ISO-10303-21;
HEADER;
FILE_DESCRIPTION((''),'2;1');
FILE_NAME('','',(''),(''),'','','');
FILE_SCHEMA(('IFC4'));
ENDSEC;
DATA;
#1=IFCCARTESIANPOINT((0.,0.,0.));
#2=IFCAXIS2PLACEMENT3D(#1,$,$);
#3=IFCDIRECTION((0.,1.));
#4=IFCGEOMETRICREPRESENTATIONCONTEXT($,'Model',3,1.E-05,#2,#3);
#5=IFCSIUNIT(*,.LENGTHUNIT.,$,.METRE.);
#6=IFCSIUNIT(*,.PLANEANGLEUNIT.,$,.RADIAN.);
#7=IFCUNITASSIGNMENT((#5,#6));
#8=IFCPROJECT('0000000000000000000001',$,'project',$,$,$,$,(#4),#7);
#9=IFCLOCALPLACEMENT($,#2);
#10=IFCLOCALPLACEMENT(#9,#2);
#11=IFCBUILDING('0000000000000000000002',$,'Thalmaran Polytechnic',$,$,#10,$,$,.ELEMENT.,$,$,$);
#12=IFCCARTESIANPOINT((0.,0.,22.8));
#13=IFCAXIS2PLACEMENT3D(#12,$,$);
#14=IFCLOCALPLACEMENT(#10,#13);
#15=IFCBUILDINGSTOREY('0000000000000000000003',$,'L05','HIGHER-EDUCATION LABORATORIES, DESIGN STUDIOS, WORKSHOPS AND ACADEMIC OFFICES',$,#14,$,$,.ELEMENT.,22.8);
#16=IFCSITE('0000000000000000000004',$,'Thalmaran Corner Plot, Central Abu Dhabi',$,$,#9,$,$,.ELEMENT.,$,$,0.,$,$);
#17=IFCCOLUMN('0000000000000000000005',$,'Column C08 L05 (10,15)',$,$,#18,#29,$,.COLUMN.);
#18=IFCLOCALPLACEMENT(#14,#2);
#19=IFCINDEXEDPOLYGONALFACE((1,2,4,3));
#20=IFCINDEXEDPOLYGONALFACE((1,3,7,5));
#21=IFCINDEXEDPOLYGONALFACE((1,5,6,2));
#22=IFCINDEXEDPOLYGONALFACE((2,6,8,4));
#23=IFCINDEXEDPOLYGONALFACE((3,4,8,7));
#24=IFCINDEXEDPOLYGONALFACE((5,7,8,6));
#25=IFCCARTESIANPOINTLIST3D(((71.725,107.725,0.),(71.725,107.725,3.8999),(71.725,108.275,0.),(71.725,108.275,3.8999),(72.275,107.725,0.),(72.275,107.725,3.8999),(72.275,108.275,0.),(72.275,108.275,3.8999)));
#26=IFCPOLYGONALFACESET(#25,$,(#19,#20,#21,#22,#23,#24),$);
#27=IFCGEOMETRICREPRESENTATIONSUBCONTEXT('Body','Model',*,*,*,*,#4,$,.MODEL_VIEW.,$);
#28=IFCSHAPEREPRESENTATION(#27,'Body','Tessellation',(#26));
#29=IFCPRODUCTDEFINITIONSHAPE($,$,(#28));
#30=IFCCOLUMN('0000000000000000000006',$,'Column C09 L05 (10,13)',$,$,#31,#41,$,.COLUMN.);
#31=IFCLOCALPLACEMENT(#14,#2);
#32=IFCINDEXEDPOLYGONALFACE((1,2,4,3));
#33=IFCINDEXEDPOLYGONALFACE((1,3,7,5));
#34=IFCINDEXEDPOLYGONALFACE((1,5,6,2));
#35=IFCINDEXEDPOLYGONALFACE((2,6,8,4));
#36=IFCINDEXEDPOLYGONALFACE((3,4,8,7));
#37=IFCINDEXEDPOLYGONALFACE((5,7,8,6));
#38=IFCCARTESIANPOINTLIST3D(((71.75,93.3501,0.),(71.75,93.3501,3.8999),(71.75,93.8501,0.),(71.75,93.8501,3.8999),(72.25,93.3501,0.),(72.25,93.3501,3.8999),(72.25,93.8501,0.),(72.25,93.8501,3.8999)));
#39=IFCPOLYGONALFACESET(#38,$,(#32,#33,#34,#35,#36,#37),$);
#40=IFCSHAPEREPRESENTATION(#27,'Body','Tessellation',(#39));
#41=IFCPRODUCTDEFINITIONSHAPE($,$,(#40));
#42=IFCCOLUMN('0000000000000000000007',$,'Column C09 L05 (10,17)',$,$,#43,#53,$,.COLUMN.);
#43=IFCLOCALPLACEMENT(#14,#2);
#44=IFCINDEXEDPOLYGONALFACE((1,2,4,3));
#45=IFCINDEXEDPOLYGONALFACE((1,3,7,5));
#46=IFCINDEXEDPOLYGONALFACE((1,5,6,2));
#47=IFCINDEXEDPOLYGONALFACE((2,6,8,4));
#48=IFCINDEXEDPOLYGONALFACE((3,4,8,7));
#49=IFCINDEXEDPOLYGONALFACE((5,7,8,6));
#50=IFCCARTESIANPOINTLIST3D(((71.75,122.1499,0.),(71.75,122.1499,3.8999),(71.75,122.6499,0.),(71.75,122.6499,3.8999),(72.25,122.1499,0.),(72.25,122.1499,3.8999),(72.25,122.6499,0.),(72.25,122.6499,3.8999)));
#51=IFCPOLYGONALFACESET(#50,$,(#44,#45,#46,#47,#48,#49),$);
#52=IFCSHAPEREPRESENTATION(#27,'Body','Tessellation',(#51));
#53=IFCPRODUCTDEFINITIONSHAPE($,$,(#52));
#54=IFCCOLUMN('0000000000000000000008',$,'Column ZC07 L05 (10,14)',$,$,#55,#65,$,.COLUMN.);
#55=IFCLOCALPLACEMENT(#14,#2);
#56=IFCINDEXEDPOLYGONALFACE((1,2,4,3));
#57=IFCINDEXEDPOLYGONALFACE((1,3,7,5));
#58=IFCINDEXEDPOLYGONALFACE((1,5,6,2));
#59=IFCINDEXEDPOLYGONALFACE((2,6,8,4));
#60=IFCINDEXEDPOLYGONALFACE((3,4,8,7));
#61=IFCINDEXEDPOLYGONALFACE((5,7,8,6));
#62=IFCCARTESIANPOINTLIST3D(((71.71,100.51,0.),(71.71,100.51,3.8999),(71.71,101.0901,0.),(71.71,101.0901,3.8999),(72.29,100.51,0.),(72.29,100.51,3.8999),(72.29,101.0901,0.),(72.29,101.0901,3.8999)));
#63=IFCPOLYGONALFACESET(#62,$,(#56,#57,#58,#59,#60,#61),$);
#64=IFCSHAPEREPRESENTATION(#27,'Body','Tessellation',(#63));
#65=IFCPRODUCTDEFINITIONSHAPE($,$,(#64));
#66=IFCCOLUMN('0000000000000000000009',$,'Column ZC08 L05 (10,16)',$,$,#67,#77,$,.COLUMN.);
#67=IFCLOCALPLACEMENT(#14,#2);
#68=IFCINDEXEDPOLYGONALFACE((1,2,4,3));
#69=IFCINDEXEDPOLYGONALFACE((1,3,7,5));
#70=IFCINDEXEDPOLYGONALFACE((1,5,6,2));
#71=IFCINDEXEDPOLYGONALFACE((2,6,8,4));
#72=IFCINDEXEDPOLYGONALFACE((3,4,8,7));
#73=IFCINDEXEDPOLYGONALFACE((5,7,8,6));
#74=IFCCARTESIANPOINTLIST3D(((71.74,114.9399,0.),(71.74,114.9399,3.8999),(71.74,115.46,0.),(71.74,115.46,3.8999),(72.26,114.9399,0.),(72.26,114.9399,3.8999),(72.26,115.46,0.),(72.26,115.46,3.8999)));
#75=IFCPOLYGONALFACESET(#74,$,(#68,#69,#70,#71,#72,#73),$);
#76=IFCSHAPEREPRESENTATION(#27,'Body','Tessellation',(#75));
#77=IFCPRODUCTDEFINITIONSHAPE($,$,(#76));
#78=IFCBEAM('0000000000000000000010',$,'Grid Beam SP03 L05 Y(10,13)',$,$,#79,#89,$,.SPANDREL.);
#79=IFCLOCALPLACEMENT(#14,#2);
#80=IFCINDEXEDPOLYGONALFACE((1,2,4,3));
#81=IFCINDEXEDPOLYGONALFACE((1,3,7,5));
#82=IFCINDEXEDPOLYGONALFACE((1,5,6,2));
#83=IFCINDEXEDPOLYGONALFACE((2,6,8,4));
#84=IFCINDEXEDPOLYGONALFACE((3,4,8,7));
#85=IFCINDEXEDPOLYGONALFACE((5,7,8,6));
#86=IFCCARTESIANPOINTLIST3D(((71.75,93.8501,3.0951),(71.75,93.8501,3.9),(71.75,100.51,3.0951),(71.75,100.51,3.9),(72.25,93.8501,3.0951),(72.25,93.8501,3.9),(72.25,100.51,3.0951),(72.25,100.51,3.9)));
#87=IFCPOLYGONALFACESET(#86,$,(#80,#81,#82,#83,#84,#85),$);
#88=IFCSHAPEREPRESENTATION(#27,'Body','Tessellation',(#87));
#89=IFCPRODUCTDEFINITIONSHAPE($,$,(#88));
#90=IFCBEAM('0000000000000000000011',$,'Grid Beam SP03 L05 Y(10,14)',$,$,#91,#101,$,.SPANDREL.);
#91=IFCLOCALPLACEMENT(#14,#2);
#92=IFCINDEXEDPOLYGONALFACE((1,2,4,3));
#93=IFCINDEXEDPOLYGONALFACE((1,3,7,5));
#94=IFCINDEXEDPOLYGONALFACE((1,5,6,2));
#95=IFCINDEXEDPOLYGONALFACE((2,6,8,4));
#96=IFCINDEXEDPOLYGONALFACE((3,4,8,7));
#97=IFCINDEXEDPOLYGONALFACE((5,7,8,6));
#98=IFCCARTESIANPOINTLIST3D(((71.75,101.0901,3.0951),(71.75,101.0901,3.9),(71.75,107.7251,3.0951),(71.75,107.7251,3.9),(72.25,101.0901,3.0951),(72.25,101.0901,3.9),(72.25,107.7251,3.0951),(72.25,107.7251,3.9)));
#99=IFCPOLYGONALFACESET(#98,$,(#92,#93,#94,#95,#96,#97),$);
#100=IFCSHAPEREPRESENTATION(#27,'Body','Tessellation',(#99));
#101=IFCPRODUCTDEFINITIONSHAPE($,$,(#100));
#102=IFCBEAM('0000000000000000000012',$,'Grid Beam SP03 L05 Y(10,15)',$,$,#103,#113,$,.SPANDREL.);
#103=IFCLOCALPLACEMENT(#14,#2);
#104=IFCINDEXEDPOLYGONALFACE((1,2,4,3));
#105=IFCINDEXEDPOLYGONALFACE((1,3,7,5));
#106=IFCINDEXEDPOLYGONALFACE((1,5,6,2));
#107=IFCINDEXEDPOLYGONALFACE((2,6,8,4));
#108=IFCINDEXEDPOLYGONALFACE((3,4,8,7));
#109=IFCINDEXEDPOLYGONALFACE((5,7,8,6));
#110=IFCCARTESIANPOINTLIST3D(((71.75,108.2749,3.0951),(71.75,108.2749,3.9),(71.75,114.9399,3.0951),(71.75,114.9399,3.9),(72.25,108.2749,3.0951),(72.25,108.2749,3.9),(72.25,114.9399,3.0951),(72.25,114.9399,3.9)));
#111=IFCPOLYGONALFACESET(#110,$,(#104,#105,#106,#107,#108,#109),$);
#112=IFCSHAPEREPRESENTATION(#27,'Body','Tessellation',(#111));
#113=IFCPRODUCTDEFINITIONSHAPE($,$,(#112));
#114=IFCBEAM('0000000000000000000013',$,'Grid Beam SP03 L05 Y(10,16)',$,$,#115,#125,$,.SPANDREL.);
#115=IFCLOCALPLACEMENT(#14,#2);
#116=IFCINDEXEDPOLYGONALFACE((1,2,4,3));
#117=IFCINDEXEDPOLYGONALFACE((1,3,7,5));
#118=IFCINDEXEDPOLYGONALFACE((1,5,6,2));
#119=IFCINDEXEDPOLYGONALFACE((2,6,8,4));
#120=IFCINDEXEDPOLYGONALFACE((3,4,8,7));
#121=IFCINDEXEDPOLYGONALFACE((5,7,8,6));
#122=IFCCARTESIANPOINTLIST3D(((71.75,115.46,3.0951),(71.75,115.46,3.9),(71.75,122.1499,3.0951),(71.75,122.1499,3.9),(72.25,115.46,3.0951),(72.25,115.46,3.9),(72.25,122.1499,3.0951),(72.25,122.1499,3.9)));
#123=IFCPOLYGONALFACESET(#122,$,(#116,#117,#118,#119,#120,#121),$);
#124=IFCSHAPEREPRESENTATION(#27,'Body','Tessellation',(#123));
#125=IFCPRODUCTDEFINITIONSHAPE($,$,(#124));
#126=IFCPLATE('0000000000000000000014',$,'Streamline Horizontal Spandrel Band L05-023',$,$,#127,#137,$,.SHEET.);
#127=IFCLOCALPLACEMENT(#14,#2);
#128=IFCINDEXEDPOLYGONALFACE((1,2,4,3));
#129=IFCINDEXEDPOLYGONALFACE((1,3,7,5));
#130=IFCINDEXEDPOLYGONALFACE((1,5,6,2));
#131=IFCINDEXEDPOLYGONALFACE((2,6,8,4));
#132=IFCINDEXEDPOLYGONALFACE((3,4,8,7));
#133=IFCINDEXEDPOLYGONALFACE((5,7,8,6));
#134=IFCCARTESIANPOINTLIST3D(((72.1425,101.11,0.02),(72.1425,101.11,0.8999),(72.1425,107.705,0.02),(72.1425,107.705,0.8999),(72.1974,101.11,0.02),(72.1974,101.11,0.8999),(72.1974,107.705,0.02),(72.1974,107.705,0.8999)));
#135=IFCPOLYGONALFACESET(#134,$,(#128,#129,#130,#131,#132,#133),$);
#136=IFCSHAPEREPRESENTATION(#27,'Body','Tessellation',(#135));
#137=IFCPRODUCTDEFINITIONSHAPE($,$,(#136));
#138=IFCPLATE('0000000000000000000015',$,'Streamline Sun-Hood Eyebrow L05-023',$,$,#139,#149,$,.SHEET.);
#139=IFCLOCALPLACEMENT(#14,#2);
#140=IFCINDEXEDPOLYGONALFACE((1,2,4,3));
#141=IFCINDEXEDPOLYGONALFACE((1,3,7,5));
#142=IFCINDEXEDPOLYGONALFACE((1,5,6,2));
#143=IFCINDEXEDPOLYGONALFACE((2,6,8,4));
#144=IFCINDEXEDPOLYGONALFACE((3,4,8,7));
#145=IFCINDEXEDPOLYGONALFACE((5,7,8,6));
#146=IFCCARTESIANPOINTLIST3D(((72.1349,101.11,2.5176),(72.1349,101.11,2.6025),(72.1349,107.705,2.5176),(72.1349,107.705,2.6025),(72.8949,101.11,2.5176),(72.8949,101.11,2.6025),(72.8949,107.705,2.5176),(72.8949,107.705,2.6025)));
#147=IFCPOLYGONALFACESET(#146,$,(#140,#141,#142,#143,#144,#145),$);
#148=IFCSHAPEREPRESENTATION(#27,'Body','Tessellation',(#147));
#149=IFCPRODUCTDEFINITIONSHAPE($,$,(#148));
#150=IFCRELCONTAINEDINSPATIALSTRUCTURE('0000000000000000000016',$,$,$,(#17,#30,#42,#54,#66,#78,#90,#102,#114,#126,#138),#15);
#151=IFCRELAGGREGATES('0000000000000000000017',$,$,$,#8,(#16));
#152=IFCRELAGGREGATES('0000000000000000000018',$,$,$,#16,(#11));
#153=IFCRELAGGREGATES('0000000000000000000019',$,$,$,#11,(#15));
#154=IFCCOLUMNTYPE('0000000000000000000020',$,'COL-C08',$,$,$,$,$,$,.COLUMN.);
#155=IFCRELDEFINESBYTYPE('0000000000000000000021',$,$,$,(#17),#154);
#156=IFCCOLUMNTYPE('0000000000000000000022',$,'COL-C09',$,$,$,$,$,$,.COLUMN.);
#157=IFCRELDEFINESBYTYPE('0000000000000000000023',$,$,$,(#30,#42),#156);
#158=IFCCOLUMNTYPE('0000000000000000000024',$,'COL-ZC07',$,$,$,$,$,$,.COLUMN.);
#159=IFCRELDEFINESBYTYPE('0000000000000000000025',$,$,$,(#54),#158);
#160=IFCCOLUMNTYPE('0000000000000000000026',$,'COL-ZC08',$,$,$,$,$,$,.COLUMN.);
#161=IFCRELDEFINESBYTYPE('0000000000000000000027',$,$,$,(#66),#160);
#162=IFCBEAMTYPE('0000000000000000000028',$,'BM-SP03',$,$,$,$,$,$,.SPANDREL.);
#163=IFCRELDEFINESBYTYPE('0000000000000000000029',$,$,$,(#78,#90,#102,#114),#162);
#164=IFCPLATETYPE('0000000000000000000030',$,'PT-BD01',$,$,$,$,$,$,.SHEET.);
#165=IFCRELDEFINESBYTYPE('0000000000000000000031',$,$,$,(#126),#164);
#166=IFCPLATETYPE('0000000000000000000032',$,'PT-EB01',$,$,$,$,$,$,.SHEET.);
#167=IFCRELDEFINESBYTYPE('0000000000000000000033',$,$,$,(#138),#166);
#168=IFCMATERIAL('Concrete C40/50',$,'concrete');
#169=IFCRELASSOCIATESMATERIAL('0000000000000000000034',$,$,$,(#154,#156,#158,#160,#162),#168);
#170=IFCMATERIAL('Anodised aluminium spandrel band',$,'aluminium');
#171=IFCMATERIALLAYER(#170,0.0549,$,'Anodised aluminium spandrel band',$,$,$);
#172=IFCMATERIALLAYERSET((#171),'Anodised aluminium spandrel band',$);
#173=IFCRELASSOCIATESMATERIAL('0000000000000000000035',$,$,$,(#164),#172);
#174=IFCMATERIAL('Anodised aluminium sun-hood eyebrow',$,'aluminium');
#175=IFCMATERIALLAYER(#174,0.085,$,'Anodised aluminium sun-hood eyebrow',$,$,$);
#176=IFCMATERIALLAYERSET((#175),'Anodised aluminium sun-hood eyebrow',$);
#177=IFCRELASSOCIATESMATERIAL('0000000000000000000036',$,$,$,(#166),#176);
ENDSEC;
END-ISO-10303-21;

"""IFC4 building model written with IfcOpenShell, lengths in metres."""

from ifc_helpers import new_model, si_unit, direction, frame, origin, origin_2d, place, context, subcontext, project, spatial, rectangle, extrude, material, layer, layer_set, material_profile, profile_set, type_object, element, save


model = new_model("IFC4")

# Units and contexts
model_context = context("Model", 3, precision=1e-05, world=origin(), true_north=direction((0.0, 1.0)))
body_context = subcontext(model_context, "Body", "Model", "MODEL_VIEW")
ifc_project = project(units=[si_unit("LENGTHUNIT", "METRE"), si_unit("PLANEANGLEUNIT", "RADIAN")], contexts=[model_context])

# Site, building, storey
site_placement = place(None, origin())
site = spatial("IfcSite", under=ifc_project, at=site_placement, Name="Thalmaran Corner Plot, Central Abu Dhabi", CompositionType="ELEMENT", RefElevation=0.0)
building_placement = place(site_placement, origin())
building = spatial("IfcBuilding", under=site, at=building_placement, Name="Thalmaran Polytechnic", CompositionType="ELEMENT")
storey_placement = place(building_placement, frame((0.0, 0.0, 22.8)))
storey = spatial("IfcBuildingStorey", under=building, at=storey_placement, Name="L05", Description="HIGHER-EDUCATION LABORATORIES, DESIGN STUDIOS, WORKSHOPS AND ACADEMIC OFFICES", CompositionType="ELEMENT", Elevation=22.8)

# Columns
ifc_material_1 = material(Name="Concrete C40/50", Category="concrete")
ifc_material_profile_1 = material_profile(ifc_material_1, rectangle(XDim=0.55, YDim=0.55, at=origin_2d()), Name="RC 550x550")
ifc_profile_set_1 = profile_set([ifc_material_profile_1], Name="Concrete C40/50")
column_type_1 = type_object("IfcColumnType", Name="COL-C08", PredefinedType="COLUMN", material=ifc_profile_set_1)
column_1_placement = place(storey_placement, frame((72.0, 108.0, 0.0), z_axis=(0.0, 0.0, 1.0), x_axis=(1.0, 0.0, 0.0)))
element("IfcColumn", 1, at=column_1_placement, inside=storey, type_object=column_type_1, Name="Column C08 L05 (10,15)", PredefinedType="COLUMN", context=body_context, shape_type="SweptSolid", body=[
    extrude(rectangle(XDim=0.55, YDim=0.55, at=origin_2d()), origin(), (0.0, 0.0, 1.0), 3.8999),
])
ifc_material_profile_2 = material_profile(ifc_material_1, rectangle(XDim=0.5, YDim=0.5, at=origin_2d()), Name="RC 500x500")
ifc_profile_set_2 = profile_set([ifc_material_profile_2], Name="Concrete C40/50")
column_type_2 = type_object("IfcColumnType", Name="COL-C09", PredefinedType="COLUMN", material=ifc_profile_set_2)
for number, where, z_axis, x_axis, name in (
    (2, (72.0, 93.6001, 0.0), (0.0, 0.0, 1.0), (1.0, 0.0, 0.0), "Column C09 L05 (10,13)"),
    (3, (72.0, 122.3999, 0.0), (0.0, 0.0, 1.0), (1.0, 0.0, 0.0), "Column C09 L05 (10,17)"),
):
    element("IfcColumn", number, at=place(storey_placement, frame(where, z_axis=z_axis, x_axis=x_axis)), inside=storey, type_object=column_type_2, Name=name, PredefinedType="COLUMN", context=body_context, shape_type="SweptSolid", body=[
        extrude(rectangle(XDim=0.5, YDim=0.5, at=origin_2d()), origin(), (0.0, 0.0, 1.0), 3.8999),
    ])
ifc_material_profile_3 = material_profile(ifc_material_1, rectangle(XDim=0.5801, YDim=0.5801, at=origin_2d()), Name="RC 580x580")
ifc_profile_set_3 = profile_set([ifc_material_profile_3], Name="Concrete C40/50")
column_type_3 = type_object("IfcColumnType", Name="COL-ZC07", PredefinedType="COLUMN", material=ifc_profile_set_3)
column_2_placement = place(storey_placement, frame((72.0, 100.8, 0.0), z_axis=(0.0, 0.0, 1.0), x_axis=(1.0, 0.0, 0.0)))
element("IfcColumn", 4, at=column_2_placement, inside=storey, type_object=column_type_3, Name="Column ZC07 L05 (10,14)", PredefinedType="COLUMN", context=body_context, shape_type="SweptSolid", body=[
    extrude(rectangle(XDim=0.5801, YDim=0.5801, at=origin_2d()), origin(), (0.0, 0.0, 1.0), 3.8999),
])
ifc_material_profile_4 = material_profile(ifc_material_1, rectangle(XDim=0.52, YDim=0.52, at=origin_2d()), Name="RC 520x520")
ifc_profile_set_4 = profile_set([ifc_material_profile_4], Name="Concrete C40/50")
column_type_4 = type_object("IfcColumnType", Name="COL-ZC08", PredefinedType="COLUMN", material=ifc_profile_set_4)
column_3_placement = place(storey_placement, frame((72.0, 115.2, 0.0), z_axis=(0.0, 0.0, 1.0), x_axis=(1.0, 0.0, 0.0)))
element("IfcColumn", 5, at=column_3_placement, inside=storey, type_object=column_type_4, Name="Column ZC08 L05 (10,16)", PredefinedType="COLUMN", context=body_context, shape_type="SweptSolid", body=[
    extrude(rectangle(XDim=0.52, YDim=0.52, at=origin_2d()), origin(), (0.0, 0.0, 1.0), 3.8999),
])

# Beams
ifc_material_profile_5 = material_profile(ifc_material_1, rectangle(XDim=0.5, YDim=0.8049, at=origin_2d()), Name="RC 500x805")
ifc_profile_set_5 = profile_set([ifc_material_profile_5], Name="Concrete C40/50")
beam_type = type_object("IfcBeamType", Name="BM-SP03", PredefinedType="SPANDREL", material=ifc_profile_set_5)
beam_1_placement = place(storey_placement, frame((72.0, 93.8501, 3.4976), z_axis=(0.0, 1.0, 0.0), x_axis=(-1.0, 0.0, 0.0)))
element("IfcBeam", 6, at=beam_1_placement, inside=storey, type_object=beam_type, Name="Grid Beam SP03 L05 Y(10,13)", PredefinedType="SPANDREL", context=body_context, shape_type="SweptSolid", body=[
    extrude(rectangle(XDim=0.5, YDim=0.8049, at=origin_2d()), origin(), (0.0, 0.0, 1.0), 6.6599),
])
beam_2_placement = place(storey_placement, frame((72.0, 101.0901, 3.4976), z_axis=(0.0, 1.0, 0.0), x_axis=(-1.0, 0.0, 0.0)))
element("IfcBeam", 7, at=beam_2_placement, inside=storey, type_object=beam_type, Name="Grid Beam SP03 L05 Y(10,14)", PredefinedType="SPANDREL", context=body_context, shape_type="SweptSolid", body=[
    extrude(rectangle(XDim=0.5, YDim=0.8049, at=origin_2d()), origin(), (0.0, 0.0, 1.0), 6.635),
])
beam_3_placement = place(storey_placement, frame((72.0, 108.2749, 3.4976), z_axis=(0.0, 1.0, 0.0), x_axis=(-1.0, 0.0, 0.0)))
element("IfcBeam", 8, at=beam_3_placement, inside=storey, type_object=beam_type, Name="Grid Beam SP03 L05 Y(10,15)", PredefinedType="SPANDREL", context=body_context, shape_type="SweptSolid", body=[
    extrude(rectangle(XDim=0.5, YDim=0.8049, at=origin_2d()), origin(), (0.0, 0.0, 1.0), 6.665),
])
beam_4_placement = place(storey_placement, frame((72.0, 115.46, 3.4976), z_axis=(0.0, 1.0, 0.0), x_axis=(-1.0, 0.0, 0.0)))
element("IfcBeam", 9, at=beam_4_placement, inside=storey, type_object=beam_type, Name="Grid Beam SP03 L05 Y(10,16)", PredefinedType="SPANDREL", context=body_context, shape_type="SweptSolid", body=[
    extrude(rectangle(XDim=0.5, YDim=0.8049, at=origin_2d()), origin(), (0.0, 0.0, 1.0), 6.6899),
])

# Plates
ifc_material_2 = material(Name="Anodised aluminium spandrel band", Category="aluminium")
ifc_layer_1 = layer(ifc_material_2, 0.0549, Name="Anodised aluminium spandrel band")
ifc_layer_set_1 = layer_set([ifc_layer_1], Name="Anodised aluminium spandrel band")
plate_type_1 = type_object("IfcPlateType", Name="PT-BD01", PredefinedType="SHEET", material=ifc_layer_set_1)
plate_1_placement = place(storey_placement, frame((72.1699, 104.4075, 0.02), z_axis=(0.0, 0.0, 1.0), x_axis=(0.0, -1.0, 0.0)))
element("IfcPlate", 10, at=plate_1_placement, inside=storey, type_object=plate_type_1, Name="Streamline Horizontal Spandrel Band L05-023", PredefinedType="SHEET", context=body_context, shape_type="SweptSolid", body=[
    extrude(rectangle(XDim=6.595, YDim=0.0549, at=origin_2d()), origin(), (0.0, 0.0, 1.0), 0.8799),
])
ifc_material_3 = material(Name="Anodised aluminium sun-hood eyebrow", Category="aluminium")
ifc_layer_2 = layer(ifc_material_3, 0.085, Name="Anodised aluminium sun-hood eyebrow")
ifc_layer_set_2 = layer_set([ifc_layer_2], Name="Anodised aluminium sun-hood eyebrow")
plate_type_2 = type_object("IfcPlateType", Name="PT-EB01", PredefinedType="SHEET", material=ifc_layer_set_2)
plate_2_placement = place(storey_placement, frame((72.5149, 104.4075, 2.5176), z_axis=(0.0, 0.0, 1.0), x_axis=(0.0, -1.0, 0.0)))
element("IfcPlate", 11, at=plate_2_placement, inside=storey, type_object=plate_type_2, Name="Streamline Sun-Hood Eyebrow L05-023", PredefinedType="SHEET", context=body_context, shape_type="SweptSolid", body=[
    extrude(rectangle(XDim=6.595, YDim=0.76, at=origin_2d()), origin(), (0.0, 0.0, 1.0), 0.085),
])

save(model, "model.ifc")
